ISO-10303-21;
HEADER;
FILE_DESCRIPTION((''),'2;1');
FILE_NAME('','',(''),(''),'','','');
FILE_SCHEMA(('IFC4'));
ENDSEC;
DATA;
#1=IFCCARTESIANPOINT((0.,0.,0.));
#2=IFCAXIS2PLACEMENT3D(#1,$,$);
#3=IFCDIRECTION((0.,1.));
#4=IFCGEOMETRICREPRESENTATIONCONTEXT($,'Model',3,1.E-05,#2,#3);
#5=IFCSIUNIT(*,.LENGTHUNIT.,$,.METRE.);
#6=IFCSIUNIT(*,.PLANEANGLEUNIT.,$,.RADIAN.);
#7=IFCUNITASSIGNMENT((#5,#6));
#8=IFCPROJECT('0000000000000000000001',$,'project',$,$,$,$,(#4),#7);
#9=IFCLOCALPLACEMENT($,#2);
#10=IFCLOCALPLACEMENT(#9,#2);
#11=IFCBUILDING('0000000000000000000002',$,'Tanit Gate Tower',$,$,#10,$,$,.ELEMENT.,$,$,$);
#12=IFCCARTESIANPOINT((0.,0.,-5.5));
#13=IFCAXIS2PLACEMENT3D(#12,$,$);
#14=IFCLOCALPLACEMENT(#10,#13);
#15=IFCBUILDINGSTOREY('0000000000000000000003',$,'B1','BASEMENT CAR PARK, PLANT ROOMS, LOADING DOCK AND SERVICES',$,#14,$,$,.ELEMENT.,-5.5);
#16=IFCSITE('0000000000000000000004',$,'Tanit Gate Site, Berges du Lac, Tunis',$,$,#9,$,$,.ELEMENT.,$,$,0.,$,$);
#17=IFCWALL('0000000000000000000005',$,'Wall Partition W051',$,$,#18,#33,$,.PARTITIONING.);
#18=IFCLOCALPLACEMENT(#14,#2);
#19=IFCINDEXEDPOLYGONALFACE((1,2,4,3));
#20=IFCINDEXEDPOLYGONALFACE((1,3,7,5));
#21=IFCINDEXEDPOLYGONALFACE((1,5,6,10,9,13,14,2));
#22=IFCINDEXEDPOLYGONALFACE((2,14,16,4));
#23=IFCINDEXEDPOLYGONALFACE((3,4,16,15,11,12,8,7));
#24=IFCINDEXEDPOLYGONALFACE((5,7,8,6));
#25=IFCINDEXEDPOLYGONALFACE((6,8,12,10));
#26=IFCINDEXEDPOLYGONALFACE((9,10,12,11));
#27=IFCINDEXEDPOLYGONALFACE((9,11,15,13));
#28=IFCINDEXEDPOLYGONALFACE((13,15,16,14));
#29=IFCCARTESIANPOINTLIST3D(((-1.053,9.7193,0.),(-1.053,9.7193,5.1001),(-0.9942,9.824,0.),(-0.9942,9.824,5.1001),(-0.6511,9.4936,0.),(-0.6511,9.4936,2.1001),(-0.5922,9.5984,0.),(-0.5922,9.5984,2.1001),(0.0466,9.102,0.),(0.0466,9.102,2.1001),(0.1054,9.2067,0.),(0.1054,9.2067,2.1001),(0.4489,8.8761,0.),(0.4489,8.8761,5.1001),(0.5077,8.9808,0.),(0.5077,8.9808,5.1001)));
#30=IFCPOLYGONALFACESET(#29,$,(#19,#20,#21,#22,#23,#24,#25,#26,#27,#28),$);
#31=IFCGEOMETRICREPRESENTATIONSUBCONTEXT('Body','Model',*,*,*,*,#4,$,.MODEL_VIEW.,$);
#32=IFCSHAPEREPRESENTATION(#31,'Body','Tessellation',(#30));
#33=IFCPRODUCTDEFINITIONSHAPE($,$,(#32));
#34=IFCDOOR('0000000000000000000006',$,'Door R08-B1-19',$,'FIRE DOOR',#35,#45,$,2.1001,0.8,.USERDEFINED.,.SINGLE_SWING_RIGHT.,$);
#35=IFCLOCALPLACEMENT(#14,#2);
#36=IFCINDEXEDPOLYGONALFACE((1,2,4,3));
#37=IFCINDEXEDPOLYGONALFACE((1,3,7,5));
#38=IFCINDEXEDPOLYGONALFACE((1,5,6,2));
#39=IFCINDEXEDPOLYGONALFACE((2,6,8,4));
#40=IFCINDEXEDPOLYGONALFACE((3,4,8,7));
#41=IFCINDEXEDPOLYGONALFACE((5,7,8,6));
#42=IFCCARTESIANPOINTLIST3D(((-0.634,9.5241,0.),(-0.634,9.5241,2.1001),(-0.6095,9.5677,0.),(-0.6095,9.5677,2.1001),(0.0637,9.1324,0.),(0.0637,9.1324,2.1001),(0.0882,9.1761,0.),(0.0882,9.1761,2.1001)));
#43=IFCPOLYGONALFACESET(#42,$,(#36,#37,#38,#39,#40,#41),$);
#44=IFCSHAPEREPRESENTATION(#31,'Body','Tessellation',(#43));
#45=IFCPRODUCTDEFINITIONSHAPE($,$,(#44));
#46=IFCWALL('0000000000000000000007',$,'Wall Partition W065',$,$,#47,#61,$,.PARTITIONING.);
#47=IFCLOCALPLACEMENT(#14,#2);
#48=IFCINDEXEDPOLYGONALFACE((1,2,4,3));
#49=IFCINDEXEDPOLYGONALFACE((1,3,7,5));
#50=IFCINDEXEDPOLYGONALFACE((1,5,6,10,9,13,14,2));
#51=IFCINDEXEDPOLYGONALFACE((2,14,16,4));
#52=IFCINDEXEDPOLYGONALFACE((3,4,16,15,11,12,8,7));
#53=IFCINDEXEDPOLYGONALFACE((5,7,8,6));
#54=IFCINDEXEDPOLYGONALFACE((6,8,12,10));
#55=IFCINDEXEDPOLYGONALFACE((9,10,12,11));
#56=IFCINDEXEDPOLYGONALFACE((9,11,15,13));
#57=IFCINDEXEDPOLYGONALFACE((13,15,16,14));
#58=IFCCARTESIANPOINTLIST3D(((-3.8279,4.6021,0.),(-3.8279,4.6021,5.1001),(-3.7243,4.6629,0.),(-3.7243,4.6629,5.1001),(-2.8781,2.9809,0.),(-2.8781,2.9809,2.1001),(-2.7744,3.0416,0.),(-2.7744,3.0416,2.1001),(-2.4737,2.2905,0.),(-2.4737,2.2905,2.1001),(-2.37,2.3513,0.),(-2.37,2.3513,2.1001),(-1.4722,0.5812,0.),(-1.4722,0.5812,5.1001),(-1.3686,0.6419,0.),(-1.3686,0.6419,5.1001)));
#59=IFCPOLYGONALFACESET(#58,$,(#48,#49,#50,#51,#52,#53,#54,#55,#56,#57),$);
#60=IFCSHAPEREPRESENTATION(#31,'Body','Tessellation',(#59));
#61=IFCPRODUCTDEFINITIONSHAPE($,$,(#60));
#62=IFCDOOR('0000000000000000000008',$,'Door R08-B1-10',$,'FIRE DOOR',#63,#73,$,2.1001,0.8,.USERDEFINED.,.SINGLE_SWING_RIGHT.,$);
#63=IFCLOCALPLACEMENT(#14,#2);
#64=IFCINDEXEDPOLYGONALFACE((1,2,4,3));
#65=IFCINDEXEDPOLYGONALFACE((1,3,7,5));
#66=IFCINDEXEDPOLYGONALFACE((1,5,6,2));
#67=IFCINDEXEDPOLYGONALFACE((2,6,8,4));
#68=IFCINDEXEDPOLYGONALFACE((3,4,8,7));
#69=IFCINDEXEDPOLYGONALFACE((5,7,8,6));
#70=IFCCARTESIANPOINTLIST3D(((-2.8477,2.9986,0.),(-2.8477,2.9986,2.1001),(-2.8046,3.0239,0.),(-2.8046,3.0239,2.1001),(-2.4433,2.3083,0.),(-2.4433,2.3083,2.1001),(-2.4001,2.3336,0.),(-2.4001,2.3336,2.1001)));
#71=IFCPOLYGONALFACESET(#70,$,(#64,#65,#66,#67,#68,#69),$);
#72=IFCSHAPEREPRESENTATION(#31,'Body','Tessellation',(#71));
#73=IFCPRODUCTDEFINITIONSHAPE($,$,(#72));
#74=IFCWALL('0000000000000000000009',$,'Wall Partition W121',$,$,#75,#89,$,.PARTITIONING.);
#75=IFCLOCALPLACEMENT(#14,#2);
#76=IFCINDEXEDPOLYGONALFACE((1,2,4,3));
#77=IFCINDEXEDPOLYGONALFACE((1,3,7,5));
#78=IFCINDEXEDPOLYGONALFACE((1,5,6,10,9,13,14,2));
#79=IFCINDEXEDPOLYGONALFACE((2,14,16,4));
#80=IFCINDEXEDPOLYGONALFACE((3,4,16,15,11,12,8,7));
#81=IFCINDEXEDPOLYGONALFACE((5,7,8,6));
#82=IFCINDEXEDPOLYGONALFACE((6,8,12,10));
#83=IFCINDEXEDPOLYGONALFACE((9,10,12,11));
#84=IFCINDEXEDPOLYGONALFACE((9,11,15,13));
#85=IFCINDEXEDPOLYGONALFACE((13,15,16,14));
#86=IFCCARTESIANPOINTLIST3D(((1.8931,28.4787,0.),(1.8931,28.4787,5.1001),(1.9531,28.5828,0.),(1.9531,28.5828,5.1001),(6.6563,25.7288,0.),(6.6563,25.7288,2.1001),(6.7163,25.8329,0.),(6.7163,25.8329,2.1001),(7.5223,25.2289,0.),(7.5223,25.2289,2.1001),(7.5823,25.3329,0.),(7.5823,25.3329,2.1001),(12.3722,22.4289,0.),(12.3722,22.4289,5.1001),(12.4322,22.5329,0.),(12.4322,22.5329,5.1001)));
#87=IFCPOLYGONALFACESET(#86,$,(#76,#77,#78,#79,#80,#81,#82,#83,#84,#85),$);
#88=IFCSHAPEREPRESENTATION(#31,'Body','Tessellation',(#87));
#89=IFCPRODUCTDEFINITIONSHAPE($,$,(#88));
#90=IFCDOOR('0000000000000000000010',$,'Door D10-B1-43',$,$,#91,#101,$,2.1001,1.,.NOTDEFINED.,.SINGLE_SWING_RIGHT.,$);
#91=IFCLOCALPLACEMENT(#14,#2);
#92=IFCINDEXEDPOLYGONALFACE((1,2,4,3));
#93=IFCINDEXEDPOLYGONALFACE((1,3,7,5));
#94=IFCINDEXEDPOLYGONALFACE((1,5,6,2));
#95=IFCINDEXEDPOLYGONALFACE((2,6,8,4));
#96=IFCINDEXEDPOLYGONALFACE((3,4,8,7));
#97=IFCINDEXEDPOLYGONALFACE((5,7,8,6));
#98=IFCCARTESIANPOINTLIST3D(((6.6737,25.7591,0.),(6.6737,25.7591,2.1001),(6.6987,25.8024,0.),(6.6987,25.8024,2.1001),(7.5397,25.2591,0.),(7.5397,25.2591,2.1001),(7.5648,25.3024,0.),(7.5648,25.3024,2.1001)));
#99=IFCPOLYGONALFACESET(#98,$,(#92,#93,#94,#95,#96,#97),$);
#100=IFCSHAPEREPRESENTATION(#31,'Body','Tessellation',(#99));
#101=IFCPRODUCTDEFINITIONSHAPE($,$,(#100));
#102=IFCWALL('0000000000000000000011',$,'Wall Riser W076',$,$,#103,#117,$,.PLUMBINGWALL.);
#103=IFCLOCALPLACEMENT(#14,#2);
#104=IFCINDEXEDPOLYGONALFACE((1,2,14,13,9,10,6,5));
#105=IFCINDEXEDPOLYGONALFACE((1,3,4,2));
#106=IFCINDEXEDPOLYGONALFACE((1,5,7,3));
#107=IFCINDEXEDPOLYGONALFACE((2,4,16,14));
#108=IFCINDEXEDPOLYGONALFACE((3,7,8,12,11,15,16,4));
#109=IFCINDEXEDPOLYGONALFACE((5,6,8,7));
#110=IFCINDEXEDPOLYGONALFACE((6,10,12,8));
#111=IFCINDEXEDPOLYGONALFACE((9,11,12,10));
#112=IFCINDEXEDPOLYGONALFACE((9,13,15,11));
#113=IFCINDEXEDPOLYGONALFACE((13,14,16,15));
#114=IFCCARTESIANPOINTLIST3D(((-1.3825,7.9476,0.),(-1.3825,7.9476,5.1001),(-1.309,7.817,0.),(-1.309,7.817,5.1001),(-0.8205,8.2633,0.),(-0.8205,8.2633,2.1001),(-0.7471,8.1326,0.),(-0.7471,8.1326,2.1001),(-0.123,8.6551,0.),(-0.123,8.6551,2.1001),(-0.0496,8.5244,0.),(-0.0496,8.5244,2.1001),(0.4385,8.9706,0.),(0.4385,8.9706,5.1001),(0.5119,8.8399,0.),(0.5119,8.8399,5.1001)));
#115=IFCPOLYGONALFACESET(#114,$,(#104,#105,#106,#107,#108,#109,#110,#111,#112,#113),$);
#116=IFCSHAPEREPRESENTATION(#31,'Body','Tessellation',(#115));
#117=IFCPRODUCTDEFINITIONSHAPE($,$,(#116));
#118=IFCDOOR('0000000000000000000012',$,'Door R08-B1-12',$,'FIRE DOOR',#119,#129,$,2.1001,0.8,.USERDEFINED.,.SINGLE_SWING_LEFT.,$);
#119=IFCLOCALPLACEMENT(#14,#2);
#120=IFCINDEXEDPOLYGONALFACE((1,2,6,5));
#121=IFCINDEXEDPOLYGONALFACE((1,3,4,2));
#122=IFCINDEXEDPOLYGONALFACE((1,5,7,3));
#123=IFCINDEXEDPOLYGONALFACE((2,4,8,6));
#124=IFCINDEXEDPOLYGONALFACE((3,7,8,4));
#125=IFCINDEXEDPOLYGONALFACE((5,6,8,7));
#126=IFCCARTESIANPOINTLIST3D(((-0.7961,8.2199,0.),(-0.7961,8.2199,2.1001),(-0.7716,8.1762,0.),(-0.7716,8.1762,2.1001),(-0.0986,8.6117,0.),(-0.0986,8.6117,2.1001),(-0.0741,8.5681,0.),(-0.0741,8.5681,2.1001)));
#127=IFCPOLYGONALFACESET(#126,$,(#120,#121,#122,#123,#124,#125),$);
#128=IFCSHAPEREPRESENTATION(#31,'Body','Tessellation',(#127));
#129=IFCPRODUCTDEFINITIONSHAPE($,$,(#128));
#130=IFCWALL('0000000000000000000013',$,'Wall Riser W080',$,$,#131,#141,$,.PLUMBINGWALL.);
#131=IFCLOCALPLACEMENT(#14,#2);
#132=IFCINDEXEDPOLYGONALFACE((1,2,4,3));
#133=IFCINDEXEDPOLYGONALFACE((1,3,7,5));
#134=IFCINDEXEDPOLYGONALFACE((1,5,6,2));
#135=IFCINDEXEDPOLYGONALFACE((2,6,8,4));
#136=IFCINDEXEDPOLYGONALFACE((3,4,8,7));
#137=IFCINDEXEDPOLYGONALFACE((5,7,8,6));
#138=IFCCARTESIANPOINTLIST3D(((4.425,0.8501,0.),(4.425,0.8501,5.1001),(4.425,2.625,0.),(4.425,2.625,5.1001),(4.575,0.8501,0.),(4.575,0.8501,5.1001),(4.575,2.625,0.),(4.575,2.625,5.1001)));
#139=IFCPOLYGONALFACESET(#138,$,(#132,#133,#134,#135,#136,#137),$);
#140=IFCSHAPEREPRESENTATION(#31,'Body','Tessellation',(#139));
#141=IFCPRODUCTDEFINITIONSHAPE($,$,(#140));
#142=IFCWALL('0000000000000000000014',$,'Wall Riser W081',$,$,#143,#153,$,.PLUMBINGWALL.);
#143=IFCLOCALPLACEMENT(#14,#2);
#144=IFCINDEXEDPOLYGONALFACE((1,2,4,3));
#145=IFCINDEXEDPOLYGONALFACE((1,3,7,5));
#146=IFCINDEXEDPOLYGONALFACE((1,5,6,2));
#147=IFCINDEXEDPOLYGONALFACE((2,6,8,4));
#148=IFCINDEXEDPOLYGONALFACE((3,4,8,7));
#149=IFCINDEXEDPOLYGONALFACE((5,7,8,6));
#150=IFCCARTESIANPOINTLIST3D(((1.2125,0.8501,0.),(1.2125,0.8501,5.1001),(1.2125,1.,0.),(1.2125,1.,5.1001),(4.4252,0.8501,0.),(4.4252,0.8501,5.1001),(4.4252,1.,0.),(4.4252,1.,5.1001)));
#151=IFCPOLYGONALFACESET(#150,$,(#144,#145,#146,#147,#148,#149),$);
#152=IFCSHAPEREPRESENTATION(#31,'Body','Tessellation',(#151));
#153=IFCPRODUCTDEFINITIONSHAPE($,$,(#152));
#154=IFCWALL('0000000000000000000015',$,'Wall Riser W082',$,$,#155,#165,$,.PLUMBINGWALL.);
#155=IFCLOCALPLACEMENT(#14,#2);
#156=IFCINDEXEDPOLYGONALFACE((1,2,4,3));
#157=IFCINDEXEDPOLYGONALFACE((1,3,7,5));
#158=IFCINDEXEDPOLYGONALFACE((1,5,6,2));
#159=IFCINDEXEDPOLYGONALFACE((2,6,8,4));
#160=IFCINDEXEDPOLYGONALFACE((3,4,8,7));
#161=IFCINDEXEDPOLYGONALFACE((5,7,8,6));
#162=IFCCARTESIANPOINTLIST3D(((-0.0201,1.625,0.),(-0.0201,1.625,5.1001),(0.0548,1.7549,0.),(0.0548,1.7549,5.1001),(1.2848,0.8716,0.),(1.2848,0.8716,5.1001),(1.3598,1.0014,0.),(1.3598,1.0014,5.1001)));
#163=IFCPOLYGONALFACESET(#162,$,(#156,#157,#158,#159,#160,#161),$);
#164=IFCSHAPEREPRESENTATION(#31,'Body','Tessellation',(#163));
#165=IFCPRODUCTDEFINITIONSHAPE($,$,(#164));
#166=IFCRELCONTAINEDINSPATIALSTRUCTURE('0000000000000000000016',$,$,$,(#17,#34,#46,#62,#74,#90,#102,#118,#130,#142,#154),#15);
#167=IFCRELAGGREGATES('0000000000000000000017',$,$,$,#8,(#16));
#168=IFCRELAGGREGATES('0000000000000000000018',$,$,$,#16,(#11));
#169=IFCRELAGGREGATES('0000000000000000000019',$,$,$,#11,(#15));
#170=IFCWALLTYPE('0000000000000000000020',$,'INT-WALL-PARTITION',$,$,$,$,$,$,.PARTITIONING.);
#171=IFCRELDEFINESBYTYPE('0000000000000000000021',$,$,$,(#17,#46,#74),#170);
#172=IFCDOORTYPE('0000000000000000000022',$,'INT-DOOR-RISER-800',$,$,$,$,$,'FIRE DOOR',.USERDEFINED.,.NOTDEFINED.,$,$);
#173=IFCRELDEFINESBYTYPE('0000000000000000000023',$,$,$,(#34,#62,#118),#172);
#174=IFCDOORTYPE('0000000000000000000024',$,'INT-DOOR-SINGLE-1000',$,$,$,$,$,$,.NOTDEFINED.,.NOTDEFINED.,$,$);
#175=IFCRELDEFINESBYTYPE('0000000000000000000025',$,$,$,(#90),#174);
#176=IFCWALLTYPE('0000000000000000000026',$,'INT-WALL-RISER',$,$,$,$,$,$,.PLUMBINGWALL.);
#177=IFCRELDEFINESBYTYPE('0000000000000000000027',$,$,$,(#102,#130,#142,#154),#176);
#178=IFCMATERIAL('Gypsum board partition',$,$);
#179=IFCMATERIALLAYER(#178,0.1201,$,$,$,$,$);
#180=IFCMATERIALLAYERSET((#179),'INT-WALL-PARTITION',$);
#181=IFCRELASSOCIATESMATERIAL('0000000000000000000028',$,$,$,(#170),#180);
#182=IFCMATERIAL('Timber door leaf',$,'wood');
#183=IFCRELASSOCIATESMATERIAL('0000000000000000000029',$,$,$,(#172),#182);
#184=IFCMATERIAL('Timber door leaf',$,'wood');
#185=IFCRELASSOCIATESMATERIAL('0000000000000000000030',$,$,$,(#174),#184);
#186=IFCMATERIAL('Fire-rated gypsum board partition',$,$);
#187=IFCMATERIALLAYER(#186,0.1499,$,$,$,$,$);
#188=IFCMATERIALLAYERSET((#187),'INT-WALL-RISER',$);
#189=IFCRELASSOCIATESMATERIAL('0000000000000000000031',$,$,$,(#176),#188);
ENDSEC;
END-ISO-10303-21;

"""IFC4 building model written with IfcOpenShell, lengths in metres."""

from ifc_helpers import new_model, si_unit, direction, frame, frame_2d, origin, place, context, subcontext, project, spatial, rectangle, extrude, material, layer, layer_set, type_object, element, fill, save


model = new_model("IFC4")

# Units and contexts
model_context = context("Model", 3, precision=1e-05, world=origin(), true_north=direction((0.0, 1.0)))
body_context = subcontext(model_context, "Body", "Model", "MODEL_VIEW")
ifc_project = project(units=[si_unit("LENGTHUNIT", "METRE"), si_unit("PLANEANGLEUNIT", "RADIAN")], contexts=[model_context])

# Site, building, storey
site_placement = place(None, origin())
site = spatial("IfcSite", under=ifc_project, at=site_placement, Name="Tanit Gate Site, Berges du Lac, Tunis", CompositionType="ELEMENT", RefElevation=0.0)
building_placement = place(site_placement, origin())
building = spatial("IfcBuilding", under=site, at=building_placement, Name="Tanit Gate Tower", CompositionType="ELEMENT")
storey_placement = place(building_placement, frame((0.0, 0.0, -5.5)))
storey = spatial("IfcBuildingStorey", under=building, at=storey_placement, Name="B1", Description="BASEMENT CAR PARK, PLANT ROOMS, LOADING DOCK AND SERVICES", CompositionType="ELEMENT", Elevation=-5.5)

# Walls, openings, doors
ifc_material_1 = material(Name="Gypsum board partition")
ifc_layer_1 = layer(ifc_material_1, 0.1201)
ifc_layer_set_1 = layer_set([ifc_layer_1], Name="INT-WALL-PARTITION")
wall_type_1 = type_object("IfcWallType", Name="INT-WALL-PARTITION", PredefinedType="PARTITIONING", material=ifc_layer_set_1)
ifc_material_2 = material(Name="Timber door leaf", Category="wood")
door_type_1 = type_object("IfcDoorType", Name="INT-DOOR-RISER-800", ElementType="FIRE DOOR", OperationType="NOTDEFINED", PredefinedType="USERDEFINED", material=ifc_material_2)
wall_1_placement = place(storey_placement, frame((-1.0237, 9.7717, 0.0), z_axis=(0.0, 0.0, 1.0), x_axis=(0.871969, -0.489561, 0.0)))
wall_1 = element("IfcWall", 1, at=wall_1_placement, inside=storey, type_object=wall_type_1, Name="Wall Partition W051", PredefinedType="PARTITIONING", context=body_context, shape_type="SweptSolid", body=[
    extrude(rectangle(XDim=1.7224, YDim=0.1201, at=frame_2d((0.8613, 0.0))), origin(), (0.0, 0.0, 1.0), 5.1001),
])
opening_1_placement = place(wall_1_placement, frame((0.4612, 0.0, 0.0)))
opening_1 = element("IfcOpeningElement", 2, at=opening_1_placement, cuts=wall_1, PredefinedType="OPENING", context=body_context, shape_type="SweptSolid", body=[
    extrude(rectangle(XDim=0.8, YDim=2.1001, at=frame_2d((0.3999, 1.05))), frame((0.0, 0.0701, 0.0), z_axis=(0.0, -1.0, 0.0), x_axis=(1.0, 0.0, 0.0)), (0.0, 0.0, 1.0), 0.1401),
])
door_1_placement = place(opening_1_placement, origin())
door_1 = element("IfcDoor", 3, at=door_1_placement, inside=storey, type_object=door_type_1, Name="Door R08-B1-19", ObjectType="FIRE DOOR", OperationType="SINGLE_SWING_RIGHT", OverallHeight=2.1001, OverallWidth=0.8, PredefinedType="USERDEFINED", context=body_context, shape_type="SweptSolid", body=[
    extrude(rectangle(XDim=0.8, YDim=2.1001, at=frame_2d((0.3999, 1.05))), frame((0.0, 0.0249, 0.0), z_axis=(0.0, -1.0, 0.0), x_axis=(1.0, 0.0, 0.0)), (0.0, 0.0, 1.0), 0.05),
])
fill(opening_1, door_1)
wall_2_placement = place(storey_placement, frame((-1.4204, 0.6116, 0.0), z_axis=(0.0, 0.0, 1.0), x_axis=(-0.505492, 0.862831, 0.0)))
wall_2 = element("IfcWall", 4, at=wall_2_placement, inside=storey, type_object=wall_type_1, Name="Wall Partition W065", PredefinedType="PARTITIONING", context=body_context, shape_type="SweptSolid", body=[
    extrude(rectangle(XDim=4.6602, YDim=0.1201, at=frame_2d((2.3301, 0.0))), origin(), (0.0, 0.0, 1.0), 5.1001),
])
opening_2_placement = place(wall_2_placement, frame((1.9812, 0.0, 0.0)))
opening_2 = element("IfcOpeningElement", 5, at=opening_2_placement, cuts=wall_2, PredefinedType="OPENING", context=body_context, shape_type="SweptSolid", body=[
    extrude(rectangle(XDim=0.8, YDim=2.1001, at=frame_2d((0.3999, 1.05))), frame((0.0, 0.0701, 0.0), z_axis=(0.0, -1.0, 0.0), x_axis=(1.0, 0.0, 0.0)), (0.0, 0.0, 1.0), 0.1401),
])
door_2_placement = place(opening_2_placement, origin())
door_2 = element("IfcDoor", 6, at=door_2_placement, inside=storey, type_object=door_type_1, Name="Door R08-B1-10", ObjectType="FIRE DOOR", OperationType="SINGLE_SWING_RIGHT", OverallHeight=2.1001, OverallWidth=0.8, PredefinedType="USERDEFINED", context=body_context, shape_type="SweptSolid", body=[
    extrude(rectangle(XDim=0.8, YDim=2.1001, at=frame_2d((0.3999, 1.05))), frame((0.0, 0.0249, 0.0), z_axis=(0.0, -1.0, 0.0), x_axis=(1.0, 0.0, 0.0)), (0.0, 0.0, 1.0), 0.05),
])
fill(opening_2, door_2)
wall_3_placement = place(storey_placement, frame((1.9231, 28.5308, 0.0), z_axis=(0.0, 0.0, 1.0), x_axis=(0.866034, -0.499984, 0.0)))
wall_3 = element("IfcWall", 7, at=wall_3_placement, inside=storey, type_object=wall_type_1, Name="Wall Partition W121", PredefinedType="PARTITIONING", context=body_context, shape_type="SweptSolid", body=[
    extrude(rectangle(XDim=12.1001, YDim=0.1201, at=frame_2d((6.05, 0.0))), origin(), (0.0, 0.0, 1.0), 5.1001),
])
opening_3_placement = place(wall_3_placement, frame((5.5, 0.0, 0.0)))
opening_3 = element("IfcOpeningElement", 8, at=opening_3_placement, cuts=wall_3, PredefinedType="OPENING", context=body_context, shape_type="SweptSolid", body=[
    extrude(rectangle(XDim=1.0, YDim=2.1001, at=frame_2d((0.5, 1.05))), frame((0.0, 0.0701, 0.0), z_axis=(0.0, -1.0, 0.0), x_axis=(1.0, 0.0, 0.0)), (0.0, 0.0, 1.0), 0.1401),
])
ifc_material_3 = material(Name="Timber door leaf", Category="wood")
door_type_2 = type_object("IfcDoorType", Name="INT-DOOR-SINGLE-1000", OperationType="NOTDEFINED", PredefinedType="NOTDEFINED", material=ifc_material_3)
door_3_placement = place(opening_3_placement, origin())
door_3 = element("IfcDoor", 9, at=door_3_placement, inside=storey, type_object=door_type_2, Name="Door D10-B1-43", OperationType="SINGLE_SWING_RIGHT", OverallHeight=2.1001, OverallWidth=1.0, PredefinedType="NOTDEFINED", context=body_context, shape_type="SweptSolid", body=[
    extrude(rectangle(XDim=1.0, YDim=2.1001, at=frame_2d((0.5, 1.05))), frame((0.0, 0.0249, 0.0), z_axis=(0.0, -1.0, 0.0), x_axis=(1.0, 0.0, 0.0)), (0.0, 0.0, 1.0), 0.05),
])
fill(opening_3, door_3)
ifc_material_4 = material(Name="Fire-rated gypsum board partition")
ifc_layer_2 = layer(ifc_material_4, 0.1499)
ifc_layer_set_2 = layer_set([ifc_layer_2], Name="INT-WALL-RISER")
wall_type_2 = type_object("IfcWallType", Name="INT-WALL-RISER", PredefinedType="PLUMBINGWALL", material=ifc_layer_set_2)
wall_4_placement = place(storey_placement, frame((0.4753, 8.9053, 0.0), z_axis=(0.0, 0.0, 1.0), x_axis=(-0.871859, -0.489756, 0.0)))
wall_4 = element("IfcWall", 10, at=wall_4_placement, inside=storey, type_object=wall_type_2, Name="Wall Riser W076", PredefinedType="PLUMBINGWALL", context=body_context, shape_type="SweptSolid", body=[
    extrude(rectangle(XDim=2.0886, YDim=0.1499, at=frame_2d((1.0444, 0.0))), origin(), (0.0, 0.0, 1.0), 5.1001),
])
opening_4_placement = place(wall_4_placement, frame((0.6443, 0.0, 0.0)))
opening_4 = element("IfcOpeningElement", 11, at=opening_4_placement, cuts=wall_4, PredefinedType="OPENING", context=body_context, shape_type="SweptSolid", body=[
    extrude(rectangle(XDim=0.8, YDim=2.1001, at=frame_2d((0.3999, 1.05))), frame((0.0, 0.085, 0.0), z_axis=(0.0, -1.0, 0.0), x_axis=(1.0, 0.0, 0.0)), (0.0, 0.0, 1.0), 0.1699),
])
door_4_placement = place(opening_4_placement, origin())
door_4 = element("IfcDoor", 12, at=door_4_placement, inside=storey, type_object=door_type_1, Name="Door R08-B1-12", ObjectType="FIRE DOOR", OperationType="SINGLE_SWING_LEFT", OverallHeight=2.1001, OverallWidth=0.8, PredefinedType="USERDEFINED", context=body_context, shape_type="SweptSolid", body=[
    extrude(rectangle(XDim=0.8, YDim=2.1001, at=frame_2d((0.3999, 1.05))), frame((0.0, 0.0249, 0.0), z_axis=(0.0, -1.0, 0.0), x_axis=(1.0, 0.0, 0.0)), (0.0, 0.0, 1.0), 0.05),
])
fill(opening_4, door_4)

# Walls
wall_5_placement = place(storey_placement, frame((4.5, 0.8501, 0.0), z_axis=(0.0, 0.0, 1.0), x_axis=(0.0, 1.0, 0.0)))
element("IfcWall", 13, at=wall_5_placement, inside=storey, type_object=wall_type_2, Name="Wall Riser W080", PredefinedType="PLUMBINGWALL", context=body_context, shape_type="SweptSolid", body=[
    extrude(rectangle(XDim=1.7749, YDim=0.1499, at=frame_2d((0.8875, 0.0))), origin(), (0.0, 0.0, 1.0), 5.1001),
])
wall_6_placement = place(storey_placement, frame((1.2124, 0.925, 0.0), z_axis=(0.0, 0.0, 1.0), x_axis=(1.0, 0.0, 0.0)))
element("IfcWall", 14, at=wall_6_placement, inside=storey, type_object=wall_type_2, Name="Wall Riser W081", PredefinedType="PLUMBINGWALL", context=body_context, shape_type="SweptSolid", body=[
    extrude(rectangle(XDim=3.2126, YDim=0.1499, at=frame_2d((1.6064, 0.0))), origin(), (0.0, 0.0, 1.0), 5.1001),
])
wall_7_placement = place(storey_placement, frame((0.0173, 1.6899, 0.0), z_axis=(0.0, 0.0, 1.0), x_axis=(0.866021, -0.500008, 0.0)))
element("IfcWall", 15, at=wall_7_placement, inside=storey, type_object=wall_type_2, Name="Wall Riser W082", PredefinedType="PLUMBINGWALL", context=body_context, shape_type="SweptSolid", body=[
    extrude(rectangle(XDim=1.5068, YDim=0.1499, at=frame_2d((0.7534, 0.0))), origin(), (0.0, 0.0, 1.0), 5.1001),
])

save(model, "model.ifc")
